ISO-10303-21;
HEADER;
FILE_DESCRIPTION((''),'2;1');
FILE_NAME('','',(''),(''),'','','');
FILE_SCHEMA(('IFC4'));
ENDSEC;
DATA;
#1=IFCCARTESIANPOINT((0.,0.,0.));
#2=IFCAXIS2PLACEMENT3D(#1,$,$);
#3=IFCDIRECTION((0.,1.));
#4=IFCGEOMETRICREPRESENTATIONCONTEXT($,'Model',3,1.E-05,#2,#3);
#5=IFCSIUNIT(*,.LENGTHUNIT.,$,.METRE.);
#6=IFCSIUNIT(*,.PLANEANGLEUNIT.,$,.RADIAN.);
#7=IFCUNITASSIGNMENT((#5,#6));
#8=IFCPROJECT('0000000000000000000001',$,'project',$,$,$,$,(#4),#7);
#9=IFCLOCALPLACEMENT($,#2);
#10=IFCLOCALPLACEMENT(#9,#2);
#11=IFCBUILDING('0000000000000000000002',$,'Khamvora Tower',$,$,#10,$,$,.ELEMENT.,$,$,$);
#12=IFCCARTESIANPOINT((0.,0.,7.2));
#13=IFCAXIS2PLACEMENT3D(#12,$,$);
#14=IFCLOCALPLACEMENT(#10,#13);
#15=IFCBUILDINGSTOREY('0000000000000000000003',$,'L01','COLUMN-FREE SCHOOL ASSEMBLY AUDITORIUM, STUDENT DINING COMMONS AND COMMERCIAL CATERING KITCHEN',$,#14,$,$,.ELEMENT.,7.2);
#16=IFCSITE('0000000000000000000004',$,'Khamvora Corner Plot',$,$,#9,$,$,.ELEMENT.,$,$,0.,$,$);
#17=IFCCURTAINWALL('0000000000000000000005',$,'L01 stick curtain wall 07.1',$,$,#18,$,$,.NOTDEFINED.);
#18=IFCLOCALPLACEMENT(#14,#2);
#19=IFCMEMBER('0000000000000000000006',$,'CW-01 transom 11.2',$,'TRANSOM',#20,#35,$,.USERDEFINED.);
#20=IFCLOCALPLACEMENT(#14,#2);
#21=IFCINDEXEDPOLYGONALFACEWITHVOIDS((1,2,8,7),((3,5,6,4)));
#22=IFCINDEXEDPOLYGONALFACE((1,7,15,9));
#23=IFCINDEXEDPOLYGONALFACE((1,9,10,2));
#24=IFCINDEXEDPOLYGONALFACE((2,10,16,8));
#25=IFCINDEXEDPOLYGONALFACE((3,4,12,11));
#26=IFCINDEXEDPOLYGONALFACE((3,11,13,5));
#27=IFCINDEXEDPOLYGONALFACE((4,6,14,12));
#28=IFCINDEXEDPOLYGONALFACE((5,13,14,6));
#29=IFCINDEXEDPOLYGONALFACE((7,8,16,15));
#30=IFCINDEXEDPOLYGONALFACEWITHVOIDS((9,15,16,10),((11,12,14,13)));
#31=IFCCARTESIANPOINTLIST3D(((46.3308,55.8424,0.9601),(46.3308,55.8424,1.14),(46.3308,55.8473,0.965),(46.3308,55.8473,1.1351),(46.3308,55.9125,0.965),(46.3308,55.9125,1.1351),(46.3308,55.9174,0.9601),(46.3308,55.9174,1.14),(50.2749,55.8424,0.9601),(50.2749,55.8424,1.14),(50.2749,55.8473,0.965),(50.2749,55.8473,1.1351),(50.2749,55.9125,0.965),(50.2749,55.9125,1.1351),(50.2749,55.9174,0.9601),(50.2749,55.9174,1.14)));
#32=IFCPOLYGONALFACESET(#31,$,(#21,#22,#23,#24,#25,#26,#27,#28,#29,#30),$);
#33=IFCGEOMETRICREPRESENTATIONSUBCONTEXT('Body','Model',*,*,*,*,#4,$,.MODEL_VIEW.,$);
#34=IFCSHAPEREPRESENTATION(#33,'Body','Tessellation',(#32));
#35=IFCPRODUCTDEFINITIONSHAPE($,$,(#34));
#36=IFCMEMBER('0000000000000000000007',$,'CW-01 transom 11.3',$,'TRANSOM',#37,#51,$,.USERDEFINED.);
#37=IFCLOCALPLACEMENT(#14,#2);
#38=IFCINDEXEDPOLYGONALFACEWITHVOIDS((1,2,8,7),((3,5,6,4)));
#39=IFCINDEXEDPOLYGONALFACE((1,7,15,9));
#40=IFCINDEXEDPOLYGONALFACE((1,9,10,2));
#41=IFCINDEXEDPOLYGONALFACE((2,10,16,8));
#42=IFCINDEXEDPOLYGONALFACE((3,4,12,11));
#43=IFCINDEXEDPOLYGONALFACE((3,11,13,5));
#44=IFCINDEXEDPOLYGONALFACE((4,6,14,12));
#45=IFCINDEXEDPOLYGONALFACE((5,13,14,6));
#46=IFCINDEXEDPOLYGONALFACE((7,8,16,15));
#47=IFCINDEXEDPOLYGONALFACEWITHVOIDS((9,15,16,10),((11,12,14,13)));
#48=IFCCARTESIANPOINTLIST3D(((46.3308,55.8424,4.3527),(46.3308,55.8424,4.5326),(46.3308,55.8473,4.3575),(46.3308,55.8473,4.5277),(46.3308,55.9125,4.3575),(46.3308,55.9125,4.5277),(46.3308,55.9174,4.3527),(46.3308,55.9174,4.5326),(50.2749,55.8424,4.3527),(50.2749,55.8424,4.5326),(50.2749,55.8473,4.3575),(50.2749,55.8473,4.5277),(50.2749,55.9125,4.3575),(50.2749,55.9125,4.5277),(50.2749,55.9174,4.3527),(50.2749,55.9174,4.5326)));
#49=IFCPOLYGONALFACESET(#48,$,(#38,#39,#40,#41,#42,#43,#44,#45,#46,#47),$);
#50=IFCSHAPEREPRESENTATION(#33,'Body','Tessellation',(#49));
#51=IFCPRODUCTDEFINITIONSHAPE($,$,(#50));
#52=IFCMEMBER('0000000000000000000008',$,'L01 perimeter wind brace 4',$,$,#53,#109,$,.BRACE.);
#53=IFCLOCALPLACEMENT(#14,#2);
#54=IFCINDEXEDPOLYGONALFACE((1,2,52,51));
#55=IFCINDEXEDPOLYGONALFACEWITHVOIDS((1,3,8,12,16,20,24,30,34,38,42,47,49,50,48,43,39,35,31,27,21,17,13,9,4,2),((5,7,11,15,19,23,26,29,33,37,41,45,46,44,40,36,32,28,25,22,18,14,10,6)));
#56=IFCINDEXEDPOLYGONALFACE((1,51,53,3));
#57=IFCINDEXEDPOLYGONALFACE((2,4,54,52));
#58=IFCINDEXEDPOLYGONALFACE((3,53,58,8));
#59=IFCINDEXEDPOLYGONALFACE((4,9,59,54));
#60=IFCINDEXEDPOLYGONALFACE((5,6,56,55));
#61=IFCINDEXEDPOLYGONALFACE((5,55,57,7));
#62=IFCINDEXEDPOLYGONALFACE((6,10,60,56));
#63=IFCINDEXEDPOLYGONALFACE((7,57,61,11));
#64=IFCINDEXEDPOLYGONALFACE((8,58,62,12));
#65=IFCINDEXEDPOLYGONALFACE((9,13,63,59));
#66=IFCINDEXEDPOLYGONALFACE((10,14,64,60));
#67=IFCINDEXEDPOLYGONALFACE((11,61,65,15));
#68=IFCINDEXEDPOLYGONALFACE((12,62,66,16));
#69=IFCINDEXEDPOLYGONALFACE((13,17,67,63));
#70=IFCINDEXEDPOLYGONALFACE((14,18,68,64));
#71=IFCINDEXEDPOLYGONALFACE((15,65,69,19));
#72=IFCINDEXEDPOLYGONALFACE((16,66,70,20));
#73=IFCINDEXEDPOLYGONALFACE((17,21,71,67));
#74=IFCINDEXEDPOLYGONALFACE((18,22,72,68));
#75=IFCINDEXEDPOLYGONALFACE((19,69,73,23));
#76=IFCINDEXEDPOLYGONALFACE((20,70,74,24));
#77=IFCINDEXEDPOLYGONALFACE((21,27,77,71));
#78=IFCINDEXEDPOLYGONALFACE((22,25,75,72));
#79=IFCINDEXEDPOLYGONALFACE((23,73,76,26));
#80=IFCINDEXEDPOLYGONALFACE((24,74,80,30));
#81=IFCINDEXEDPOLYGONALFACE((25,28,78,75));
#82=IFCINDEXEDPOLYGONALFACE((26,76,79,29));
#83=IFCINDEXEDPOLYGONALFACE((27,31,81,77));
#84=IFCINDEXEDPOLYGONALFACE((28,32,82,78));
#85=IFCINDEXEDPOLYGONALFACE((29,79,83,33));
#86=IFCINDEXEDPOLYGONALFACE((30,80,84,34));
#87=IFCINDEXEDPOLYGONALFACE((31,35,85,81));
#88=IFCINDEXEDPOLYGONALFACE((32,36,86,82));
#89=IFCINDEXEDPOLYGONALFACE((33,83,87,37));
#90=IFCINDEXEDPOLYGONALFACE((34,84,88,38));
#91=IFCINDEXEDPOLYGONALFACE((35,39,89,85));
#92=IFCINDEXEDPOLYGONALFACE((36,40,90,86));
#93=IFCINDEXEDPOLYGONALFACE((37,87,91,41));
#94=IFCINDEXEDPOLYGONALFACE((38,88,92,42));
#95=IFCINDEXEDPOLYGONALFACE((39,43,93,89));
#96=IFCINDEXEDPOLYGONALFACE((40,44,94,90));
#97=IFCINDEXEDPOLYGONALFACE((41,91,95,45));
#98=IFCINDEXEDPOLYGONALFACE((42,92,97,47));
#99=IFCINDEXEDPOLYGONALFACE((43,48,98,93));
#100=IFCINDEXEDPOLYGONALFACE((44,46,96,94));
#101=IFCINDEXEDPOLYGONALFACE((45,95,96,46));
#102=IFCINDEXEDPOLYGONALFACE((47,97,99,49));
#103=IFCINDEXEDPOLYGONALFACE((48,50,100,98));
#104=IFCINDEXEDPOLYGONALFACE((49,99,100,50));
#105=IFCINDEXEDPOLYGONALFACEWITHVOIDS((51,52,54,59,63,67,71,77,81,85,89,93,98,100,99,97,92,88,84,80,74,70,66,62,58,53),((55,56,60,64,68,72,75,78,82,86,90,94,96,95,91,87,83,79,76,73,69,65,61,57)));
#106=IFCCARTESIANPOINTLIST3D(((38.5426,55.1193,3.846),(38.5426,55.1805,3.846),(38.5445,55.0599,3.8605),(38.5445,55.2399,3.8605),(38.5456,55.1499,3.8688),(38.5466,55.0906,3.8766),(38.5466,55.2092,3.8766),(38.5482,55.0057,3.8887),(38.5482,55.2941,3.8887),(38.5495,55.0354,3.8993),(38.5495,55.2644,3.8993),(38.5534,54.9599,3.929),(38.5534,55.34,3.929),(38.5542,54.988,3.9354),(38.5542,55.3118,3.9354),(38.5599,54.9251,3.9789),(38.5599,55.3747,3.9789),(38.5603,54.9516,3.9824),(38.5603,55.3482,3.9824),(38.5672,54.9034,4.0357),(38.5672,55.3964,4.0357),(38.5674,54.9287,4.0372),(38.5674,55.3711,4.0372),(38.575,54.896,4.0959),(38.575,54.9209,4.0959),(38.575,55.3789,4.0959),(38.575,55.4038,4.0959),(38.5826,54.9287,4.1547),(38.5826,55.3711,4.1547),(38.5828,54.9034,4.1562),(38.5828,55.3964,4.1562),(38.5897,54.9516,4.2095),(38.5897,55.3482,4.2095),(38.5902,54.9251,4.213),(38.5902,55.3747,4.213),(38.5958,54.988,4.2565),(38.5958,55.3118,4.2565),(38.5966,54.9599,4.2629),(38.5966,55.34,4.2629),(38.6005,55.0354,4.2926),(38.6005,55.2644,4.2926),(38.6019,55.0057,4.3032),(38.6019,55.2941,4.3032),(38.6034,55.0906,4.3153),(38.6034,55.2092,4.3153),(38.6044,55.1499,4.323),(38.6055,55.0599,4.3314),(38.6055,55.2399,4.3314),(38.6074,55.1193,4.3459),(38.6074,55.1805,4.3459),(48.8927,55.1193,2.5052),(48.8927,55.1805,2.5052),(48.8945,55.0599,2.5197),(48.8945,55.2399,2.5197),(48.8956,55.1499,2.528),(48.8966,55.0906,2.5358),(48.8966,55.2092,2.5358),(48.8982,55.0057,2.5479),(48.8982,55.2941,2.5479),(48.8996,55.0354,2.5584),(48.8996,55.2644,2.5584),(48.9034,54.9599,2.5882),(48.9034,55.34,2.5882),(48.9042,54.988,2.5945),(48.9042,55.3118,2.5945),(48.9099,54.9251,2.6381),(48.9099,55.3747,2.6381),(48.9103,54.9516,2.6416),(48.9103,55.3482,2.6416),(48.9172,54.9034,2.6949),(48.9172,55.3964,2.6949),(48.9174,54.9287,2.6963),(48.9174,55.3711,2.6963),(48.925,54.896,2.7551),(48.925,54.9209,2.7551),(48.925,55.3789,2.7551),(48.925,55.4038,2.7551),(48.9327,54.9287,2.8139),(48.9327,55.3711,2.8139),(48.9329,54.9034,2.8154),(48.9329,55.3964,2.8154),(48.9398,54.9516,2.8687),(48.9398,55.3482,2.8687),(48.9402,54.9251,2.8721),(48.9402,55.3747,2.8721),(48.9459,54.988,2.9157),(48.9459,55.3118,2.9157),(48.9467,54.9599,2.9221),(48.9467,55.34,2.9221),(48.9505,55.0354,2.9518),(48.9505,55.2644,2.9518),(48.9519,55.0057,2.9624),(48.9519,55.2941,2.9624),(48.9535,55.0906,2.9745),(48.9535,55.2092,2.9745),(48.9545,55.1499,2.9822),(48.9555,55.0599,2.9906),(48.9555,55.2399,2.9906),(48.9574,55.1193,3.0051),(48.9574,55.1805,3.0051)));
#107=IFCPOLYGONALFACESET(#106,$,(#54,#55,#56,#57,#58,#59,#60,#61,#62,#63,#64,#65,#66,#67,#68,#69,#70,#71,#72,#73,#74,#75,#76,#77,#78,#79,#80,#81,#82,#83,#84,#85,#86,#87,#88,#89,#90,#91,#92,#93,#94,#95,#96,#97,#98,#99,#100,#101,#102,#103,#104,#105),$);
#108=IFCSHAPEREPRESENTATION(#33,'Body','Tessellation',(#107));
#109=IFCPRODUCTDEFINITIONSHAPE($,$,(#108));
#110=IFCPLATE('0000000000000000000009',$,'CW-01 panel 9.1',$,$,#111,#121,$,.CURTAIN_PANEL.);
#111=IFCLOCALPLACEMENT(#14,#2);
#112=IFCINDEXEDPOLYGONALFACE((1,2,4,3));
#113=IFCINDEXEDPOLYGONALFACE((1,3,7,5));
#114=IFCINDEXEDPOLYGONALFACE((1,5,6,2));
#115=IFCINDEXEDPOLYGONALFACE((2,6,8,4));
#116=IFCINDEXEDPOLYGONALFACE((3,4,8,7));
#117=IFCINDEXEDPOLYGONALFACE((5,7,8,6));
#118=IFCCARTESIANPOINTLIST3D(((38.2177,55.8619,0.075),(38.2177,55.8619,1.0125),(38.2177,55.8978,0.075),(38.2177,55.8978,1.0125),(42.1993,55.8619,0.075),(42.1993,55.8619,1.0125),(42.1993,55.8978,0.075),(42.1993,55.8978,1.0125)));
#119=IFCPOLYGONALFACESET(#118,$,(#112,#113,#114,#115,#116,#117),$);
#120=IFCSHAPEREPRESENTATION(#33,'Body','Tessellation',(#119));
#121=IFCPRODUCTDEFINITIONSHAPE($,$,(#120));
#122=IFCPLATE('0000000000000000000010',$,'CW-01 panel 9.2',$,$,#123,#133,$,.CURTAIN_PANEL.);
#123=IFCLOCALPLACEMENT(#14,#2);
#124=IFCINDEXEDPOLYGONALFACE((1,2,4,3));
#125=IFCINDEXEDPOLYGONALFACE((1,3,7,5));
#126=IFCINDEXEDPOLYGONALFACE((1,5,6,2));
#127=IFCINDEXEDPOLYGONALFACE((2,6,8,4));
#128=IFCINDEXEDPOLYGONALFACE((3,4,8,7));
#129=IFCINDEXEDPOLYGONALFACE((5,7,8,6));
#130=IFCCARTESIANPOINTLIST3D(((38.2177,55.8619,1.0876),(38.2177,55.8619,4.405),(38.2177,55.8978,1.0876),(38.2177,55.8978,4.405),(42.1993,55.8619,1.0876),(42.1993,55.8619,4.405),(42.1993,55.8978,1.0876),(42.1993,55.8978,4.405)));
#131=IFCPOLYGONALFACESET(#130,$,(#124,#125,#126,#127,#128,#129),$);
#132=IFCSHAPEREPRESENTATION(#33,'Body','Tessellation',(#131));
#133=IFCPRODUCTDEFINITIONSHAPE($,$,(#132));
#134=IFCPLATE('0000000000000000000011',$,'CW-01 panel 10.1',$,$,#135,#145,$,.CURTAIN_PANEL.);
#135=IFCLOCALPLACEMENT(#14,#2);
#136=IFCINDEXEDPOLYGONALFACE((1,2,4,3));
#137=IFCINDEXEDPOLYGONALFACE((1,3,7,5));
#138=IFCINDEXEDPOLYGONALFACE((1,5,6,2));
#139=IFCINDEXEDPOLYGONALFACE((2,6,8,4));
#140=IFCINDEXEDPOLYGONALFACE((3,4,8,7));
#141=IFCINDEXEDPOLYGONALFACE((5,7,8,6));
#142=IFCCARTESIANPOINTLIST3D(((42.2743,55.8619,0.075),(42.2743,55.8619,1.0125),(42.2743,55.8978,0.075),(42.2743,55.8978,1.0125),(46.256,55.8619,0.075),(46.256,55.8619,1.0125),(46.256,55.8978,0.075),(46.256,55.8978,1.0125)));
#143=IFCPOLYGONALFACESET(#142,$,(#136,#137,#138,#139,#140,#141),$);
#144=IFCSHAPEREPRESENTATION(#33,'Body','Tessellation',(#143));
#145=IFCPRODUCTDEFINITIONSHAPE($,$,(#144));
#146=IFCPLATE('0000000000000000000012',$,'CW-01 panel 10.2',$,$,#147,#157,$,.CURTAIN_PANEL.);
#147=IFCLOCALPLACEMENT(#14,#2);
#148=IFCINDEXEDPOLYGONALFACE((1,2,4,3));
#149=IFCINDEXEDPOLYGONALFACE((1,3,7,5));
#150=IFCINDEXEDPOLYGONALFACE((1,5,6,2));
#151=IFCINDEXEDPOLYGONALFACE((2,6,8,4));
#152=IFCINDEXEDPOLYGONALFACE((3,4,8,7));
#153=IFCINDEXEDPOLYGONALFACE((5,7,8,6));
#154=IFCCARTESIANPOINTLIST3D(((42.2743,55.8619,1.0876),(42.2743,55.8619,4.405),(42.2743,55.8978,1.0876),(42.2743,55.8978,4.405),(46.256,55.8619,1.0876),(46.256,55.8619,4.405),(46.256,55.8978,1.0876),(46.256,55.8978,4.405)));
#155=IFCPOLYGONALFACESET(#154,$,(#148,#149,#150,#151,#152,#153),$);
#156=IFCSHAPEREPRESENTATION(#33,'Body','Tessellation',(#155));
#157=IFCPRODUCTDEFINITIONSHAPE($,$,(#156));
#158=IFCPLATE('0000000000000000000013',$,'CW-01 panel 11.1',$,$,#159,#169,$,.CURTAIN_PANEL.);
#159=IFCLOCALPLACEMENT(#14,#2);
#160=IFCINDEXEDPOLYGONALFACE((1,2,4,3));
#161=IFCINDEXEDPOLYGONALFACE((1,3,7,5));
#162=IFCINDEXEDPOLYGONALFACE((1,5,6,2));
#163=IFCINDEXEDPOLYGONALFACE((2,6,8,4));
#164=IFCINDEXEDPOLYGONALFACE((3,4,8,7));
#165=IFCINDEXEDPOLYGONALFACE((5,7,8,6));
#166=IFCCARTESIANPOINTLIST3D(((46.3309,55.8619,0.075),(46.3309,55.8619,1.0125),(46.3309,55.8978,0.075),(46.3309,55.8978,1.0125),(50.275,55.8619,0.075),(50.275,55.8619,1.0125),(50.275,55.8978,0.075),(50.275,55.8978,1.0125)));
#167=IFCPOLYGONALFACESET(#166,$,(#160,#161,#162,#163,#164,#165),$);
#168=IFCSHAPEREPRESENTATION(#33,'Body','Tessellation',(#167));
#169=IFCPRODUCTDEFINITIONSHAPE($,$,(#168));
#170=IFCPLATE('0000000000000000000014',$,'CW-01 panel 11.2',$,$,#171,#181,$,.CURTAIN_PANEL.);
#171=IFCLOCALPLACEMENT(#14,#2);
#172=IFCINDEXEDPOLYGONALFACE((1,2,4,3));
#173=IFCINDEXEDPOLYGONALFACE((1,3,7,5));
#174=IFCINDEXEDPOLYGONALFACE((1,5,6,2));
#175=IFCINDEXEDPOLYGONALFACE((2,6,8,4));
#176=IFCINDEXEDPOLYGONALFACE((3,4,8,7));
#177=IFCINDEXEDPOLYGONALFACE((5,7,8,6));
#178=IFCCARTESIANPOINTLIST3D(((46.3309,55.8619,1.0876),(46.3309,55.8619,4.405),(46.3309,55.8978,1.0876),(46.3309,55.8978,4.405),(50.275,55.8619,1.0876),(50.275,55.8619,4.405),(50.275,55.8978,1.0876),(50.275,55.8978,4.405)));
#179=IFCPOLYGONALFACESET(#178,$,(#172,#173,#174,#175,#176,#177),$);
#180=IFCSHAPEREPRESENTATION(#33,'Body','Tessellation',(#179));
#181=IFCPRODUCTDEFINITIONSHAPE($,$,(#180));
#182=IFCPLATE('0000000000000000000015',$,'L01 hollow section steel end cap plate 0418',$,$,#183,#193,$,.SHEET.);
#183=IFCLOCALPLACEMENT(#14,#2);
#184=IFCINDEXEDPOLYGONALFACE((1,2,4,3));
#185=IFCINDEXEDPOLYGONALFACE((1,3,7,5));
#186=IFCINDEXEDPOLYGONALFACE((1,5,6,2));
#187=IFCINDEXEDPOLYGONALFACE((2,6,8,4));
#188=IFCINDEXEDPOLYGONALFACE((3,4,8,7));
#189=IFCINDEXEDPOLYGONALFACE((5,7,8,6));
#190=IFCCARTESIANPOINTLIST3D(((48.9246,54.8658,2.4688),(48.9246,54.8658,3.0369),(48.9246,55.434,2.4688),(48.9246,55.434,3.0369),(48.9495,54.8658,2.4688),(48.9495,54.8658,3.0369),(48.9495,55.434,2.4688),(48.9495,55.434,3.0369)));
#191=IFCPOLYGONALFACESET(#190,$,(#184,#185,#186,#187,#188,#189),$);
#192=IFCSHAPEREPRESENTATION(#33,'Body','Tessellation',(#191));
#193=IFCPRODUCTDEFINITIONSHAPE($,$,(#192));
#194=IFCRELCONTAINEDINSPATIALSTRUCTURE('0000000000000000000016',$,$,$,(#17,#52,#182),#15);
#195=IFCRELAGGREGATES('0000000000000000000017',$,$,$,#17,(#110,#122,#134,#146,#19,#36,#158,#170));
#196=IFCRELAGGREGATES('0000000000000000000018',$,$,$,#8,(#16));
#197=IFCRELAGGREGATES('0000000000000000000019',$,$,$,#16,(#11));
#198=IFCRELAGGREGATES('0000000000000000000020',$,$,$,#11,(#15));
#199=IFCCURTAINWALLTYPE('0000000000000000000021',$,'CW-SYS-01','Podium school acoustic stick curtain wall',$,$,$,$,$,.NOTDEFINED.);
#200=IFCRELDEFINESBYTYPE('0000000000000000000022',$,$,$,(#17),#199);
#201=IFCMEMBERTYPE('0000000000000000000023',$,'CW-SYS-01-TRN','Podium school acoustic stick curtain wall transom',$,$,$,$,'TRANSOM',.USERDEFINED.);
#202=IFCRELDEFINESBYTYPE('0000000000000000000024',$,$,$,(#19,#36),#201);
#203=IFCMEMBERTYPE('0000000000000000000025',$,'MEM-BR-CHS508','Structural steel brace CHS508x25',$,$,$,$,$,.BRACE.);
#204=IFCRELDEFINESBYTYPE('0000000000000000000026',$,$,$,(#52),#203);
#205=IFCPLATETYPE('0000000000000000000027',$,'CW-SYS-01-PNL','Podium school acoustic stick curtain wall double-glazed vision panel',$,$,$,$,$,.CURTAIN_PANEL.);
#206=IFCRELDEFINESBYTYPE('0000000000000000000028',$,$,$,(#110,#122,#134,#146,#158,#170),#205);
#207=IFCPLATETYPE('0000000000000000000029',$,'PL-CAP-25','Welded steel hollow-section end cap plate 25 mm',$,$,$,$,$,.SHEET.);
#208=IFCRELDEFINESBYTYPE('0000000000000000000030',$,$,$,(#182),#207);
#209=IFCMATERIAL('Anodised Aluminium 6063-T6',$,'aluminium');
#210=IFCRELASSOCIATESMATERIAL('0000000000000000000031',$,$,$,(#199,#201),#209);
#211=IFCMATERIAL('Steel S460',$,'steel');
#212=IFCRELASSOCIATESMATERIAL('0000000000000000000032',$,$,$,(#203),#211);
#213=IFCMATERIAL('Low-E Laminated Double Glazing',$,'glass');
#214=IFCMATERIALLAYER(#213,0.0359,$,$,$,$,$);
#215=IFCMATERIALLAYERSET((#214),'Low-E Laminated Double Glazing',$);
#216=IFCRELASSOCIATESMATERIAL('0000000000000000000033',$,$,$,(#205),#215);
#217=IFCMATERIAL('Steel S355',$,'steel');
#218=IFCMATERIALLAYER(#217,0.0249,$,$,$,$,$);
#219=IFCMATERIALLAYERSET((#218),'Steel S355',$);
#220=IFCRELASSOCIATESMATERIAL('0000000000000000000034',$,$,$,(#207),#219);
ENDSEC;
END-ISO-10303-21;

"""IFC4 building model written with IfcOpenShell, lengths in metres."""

from ifc_helpers import new_model, si_unit, direction, frame, origin, origin_2d, place, context, subcontext, project, spatial, rectangle, hollow_rectangle, hollow_circle, extrude, material, layer, layer_set, material_profile, profile_set, type_object, element, aggregate, save


model = new_model("IFC4")

# Units and contexts
model_context = context("Model", 3, precision=1e-05, world=origin(), true_north=direction((0.0, 1.0)))
body_context = subcontext(model_context, "Body", "Model", "MODEL_VIEW")
ifc_project = project(units=[si_unit("LENGTHUNIT", "METRE"), si_unit("PLANEANGLEUNIT", "RADIAN")], contexts=[model_context])

# Site, building, storey
site_placement = place(None, origin())
site = spatial("IfcSite", under=ifc_project, at=site_placement, Name="Khamvora Corner Plot", CompositionType="ELEMENT", RefElevation=0.0)
building_placement = place(site_placement, origin())
building = spatial("IfcBuilding", under=site, at=building_placement, Name="Khamvora Tower", CompositionType="ELEMENT")
storey_placement = place(building_placement, frame((0.0, 0.0, 7.2)))
storey = spatial("IfcBuildingStorey", under=building, at=storey_placement, Name="L01", Description="COLUMN-FREE SCHOOL ASSEMBLY AUDITORIUM, STUDENT DINING COMMONS AND COMMERCIAL CATERING KITCHEN", CompositionType="ELEMENT", Elevation=7.2)

# Shared definitions
ifc_material_1 = material(Name="Steel S460", Category="steel")

# Shared definitions
ifc_material_2 = material(Name="Steel S355", Category="steel")

# Curtain wall, members
ifc_material_3 = material(Name="Anodised Aluminium 6063-T6", Category="aluminium")
curtain_wall_type = type_object("IfcCurtainWallType", Name="CW-SYS-01", Description="Podium school acoustic stick curtain wall", PredefinedType="NOTDEFINED", material=ifc_material_3)
curtain_wall_placement = place(storey_placement, origin())
curtain_wall = element("IfcCurtainWall", 1, at=curtain_wall_placement, inside=storey, type_object=curtain_wall_type, Name="L01 stick curtain wall 07.1", PredefinedType="NOTDEFINED")
ifc_material_profile_1 = material_profile(ifc_material_3, hollow_rectangle(XDim=0.075, YDim=0.1799, WallThickness=0.0049, at=origin_2d()), Name="TRN75x180x5")
ifc_profile_set_1 = profile_set([ifc_material_profile_1], Name="Anodised Aluminium 6063-T6")
member_type_1 = type_object("IfcMemberType", Name="CW-SYS-01-TRN", Description="Podium school acoustic stick curtain wall transom", ElementType="TRANSOM", PredefinedType="USERDEFINED", material=ifc_profile_set_1)
member_1_placement = place(storey_placement, frame((46.3308, 55.8799, 1.05), z_axis=(1.0, 0.0, 0.0), x_axis=(0.0, 1.0, 0.0)))
member_1 = element("IfcMember", 2, at=member_1_placement, type_object=member_type_1, Name="CW-01 transom 11.2", ObjectType="TRANSOM", PredefinedType="USERDEFINED", context=body_context, shape_type="SweptSolid", body=[
    extrude(hollow_rectangle(XDim=0.075, YDim=0.1799, WallThickness=0.0049, at=origin_2d()), origin(), (0.0, 0.0, 1.0), 3.9441),
])
member_2_placement = place(storey_placement, frame((46.3308, 55.8799, 4.4426), z_axis=(1.0, 0.0, 0.0), x_axis=(0.0, 1.0, 0.0)))
member_2 = element("IfcMember", 3, at=member_2_placement, type_object=member_type_1, Name="CW-01 transom 11.3", ObjectType="TRANSOM", PredefinedType="USERDEFINED", context=body_context, shape_type="SweptSolid", body=[
    extrude(hollow_rectangle(XDim=0.075, YDim=0.1799, WallThickness=0.0049, at=origin_2d()), origin(), (0.0, 0.0, 1.0), 3.9441),
])

# Member
ifc_material_profile_2 = material_profile(ifc_material_1, hollow_circle(Radius=0.2539, WallThickness=0.0249, at=origin_2d()), Name="CHS508x25")
ifc_profile_set_2 = profile_set([ifc_material_profile_2], Name="Steel S460")
member_type_2 = type_object("IfcMemberType", Name="MEM-BR-CHS508", Description="Structural steel brace CHS508x25", PredefinedType="BRACE", material=ifc_profile_set_2)
member_3_placement = place(storey_placement, frame((48.925, 55.1499, 2.7551), z_axis=(-0.991713, 0.0, 0.128473), x_axis=(0.0, -1.0, 0.0)))
element("IfcMember", 4, at=member_3_placement, inside=storey, type_object=member_type_2, Name="L01 perimeter wind brace 4", PredefinedType="BRACE", context=body_context, shape_type="SweptSolid", body=[
    extrude(hollow_circle(Radius=0.2539, WallThickness=0.0249, at=origin_2d()), origin(), (0.0, 0.0, 1.0), 10.4365),
])

# Plates
ifc_material_4 = material(Name="Low-E Laminated Double Glazing", Category="glass")
ifc_layer_1 = layer(ifc_material_4, 0.0359)
ifc_layer_set_1 = layer_set([ifc_layer_1], Name="Low-E Laminated Double Glazing")
plate_type_1 = type_object("IfcPlateType", Name="CW-SYS-01-PNL", Description="Podium school acoustic stick curtain wall double-glazed vision panel", PredefinedType="CURTAIN_PANEL", material=ifc_layer_set_1)
plate_1_placement = place(storey_placement, frame((40.2085, 55.8799, 0.075), z_axis=(0.0, 0.0, 1.0), x_axis=(1.0, 0.0, 0.0)))
plate_1 = element("IfcPlate", 5, at=plate_1_placement, type_object=plate_type_1, Name="CW-01 panel 9.1", PredefinedType="CURTAIN_PANEL", context=body_context, shape_type="SweptSolid", body=[
    extrude(rectangle(XDim=3.9817, YDim=0.0359, at=origin_2d()), origin(), (0.0, 0.0, 1.0), 0.9375),
])
plate_2_placement = place(storey_placement, frame((40.2085, 55.8799, 1.0876), z_axis=(0.0, 0.0, 1.0), x_axis=(1.0, 0.0, 0.0)))
plate_2 = element("IfcPlate", 6, at=plate_2_placement, type_object=plate_type_1, Name="CW-01 panel 9.2", PredefinedType="CURTAIN_PANEL", context=body_context, shape_type="SweptSolid", body=[
    extrude(rectangle(XDim=3.9817, YDim=0.0359, at=origin_2d()), origin(), (0.0, 0.0, 1.0), 3.3174),
])
plate_3_placement = place(storey_placement, frame((44.2651, 55.8799, 0.075), z_axis=(0.0, 0.0, 1.0), x_axis=(1.0, 0.0, 0.0)))
plate_3 = element("IfcPlate", 7, at=plate_3_placement, type_object=plate_type_1, Name="CW-01 panel 10.1", PredefinedType="CURTAIN_PANEL", context=body_context, shape_type="SweptSolid", body=[
    extrude(rectangle(XDim=3.9817, YDim=0.0359, at=origin_2d()), origin(), (0.0, 0.0, 1.0), 0.9375),
])
plate_4_placement = place(storey_placement, frame((44.2651, 55.8799, 1.0876), z_axis=(0.0, 0.0, 1.0), x_axis=(1.0, 0.0, 0.0)))
plate_4 = element("IfcPlate", 8, at=plate_4_placement, type_object=plate_type_1, Name="CW-01 panel 10.2", PredefinedType="CURTAIN_PANEL", context=body_context, shape_type="SweptSolid", body=[
    extrude(rectangle(XDim=3.9817, YDim=0.0359, at=origin_2d()), origin(), (0.0, 0.0, 1.0), 3.3174),
])
plate_5_placement = place(storey_placement, frame((48.303, 55.8799, 0.075), z_axis=(0.0, 0.0, 1.0), x_axis=(1.0, 0.0, 0.0)))
plate_5 = element("IfcPlate", 9, at=plate_5_placement, type_object=plate_type_1, Name="CW-01 panel 11.1", PredefinedType="CURTAIN_PANEL", context=body_context, shape_type="SweptSolid", body=[
    extrude(rectangle(XDim=3.9441, YDim=0.0359, at=origin_2d()), origin(), (0.0, 0.0, 1.0), 0.9375),
])
plate_6_placement = place(storey_placement, frame((48.303, 55.8799, 1.0876), z_axis=(0.0, 0.0, 1.0), x_axis=(1.0, 0.0, 0.0)))
plate_6 = element("IfcPlate", 10, at=plate_6_placement, type_object=plate_type_1, Name="CW-01 panel 11.2", PredefinedType="CURTAIN_PANEL", context=body_context, shape_type="SweptSolid", body=[
    extrude(rectangle(XDim=3.9441, YDim=0.0359, at=origin_2d()), origin(), (0.0, 0.0, 1.0), 3.3174),
])
aggregate(curtain_wall, [plate_1, plate_2, plate_3, plate_4, member_1, member_2, plate_5, plate_6])

# Plate
ifc_layer_2 = layer(ifc_material_2, 0.0249)
ifc_layer_set_2 = layer_set([ifc_layer_2], Name="Steel S355")
plate_type_2 = type_object("IfcPlateType", Name="PL-CAP-25", Description="Welded steel hollow-section end cap plate 25 mm", PredefinedType="SHEET", material=ifc_layer_set_2)
for number, where, z_axis, x_axis, name in (
    (11, (48.937, 55.1499, 2.4688), (0.0, 0.0, 1.0), (-1.0, 0.0, 0.0), "L01 hollow section steel end cap plate 0418"),
):
    element("IfcPlate", number, at=place(storey_placement, frame(where, z_axis=z_axis, x_axis=x_axis)), inside=storey, type_object=plate_type_2, Name=name, PredefinedType="SHEET", context=body_context, shape_type="SweptSolid", body=[
        extrude(rectangle(XDim=0.0249, YDim=0.5681, at=origin_2d()), origin(), (0.0, 0.0, 1.0), 0.5681),
    ])

save(model, "model.ifc")
